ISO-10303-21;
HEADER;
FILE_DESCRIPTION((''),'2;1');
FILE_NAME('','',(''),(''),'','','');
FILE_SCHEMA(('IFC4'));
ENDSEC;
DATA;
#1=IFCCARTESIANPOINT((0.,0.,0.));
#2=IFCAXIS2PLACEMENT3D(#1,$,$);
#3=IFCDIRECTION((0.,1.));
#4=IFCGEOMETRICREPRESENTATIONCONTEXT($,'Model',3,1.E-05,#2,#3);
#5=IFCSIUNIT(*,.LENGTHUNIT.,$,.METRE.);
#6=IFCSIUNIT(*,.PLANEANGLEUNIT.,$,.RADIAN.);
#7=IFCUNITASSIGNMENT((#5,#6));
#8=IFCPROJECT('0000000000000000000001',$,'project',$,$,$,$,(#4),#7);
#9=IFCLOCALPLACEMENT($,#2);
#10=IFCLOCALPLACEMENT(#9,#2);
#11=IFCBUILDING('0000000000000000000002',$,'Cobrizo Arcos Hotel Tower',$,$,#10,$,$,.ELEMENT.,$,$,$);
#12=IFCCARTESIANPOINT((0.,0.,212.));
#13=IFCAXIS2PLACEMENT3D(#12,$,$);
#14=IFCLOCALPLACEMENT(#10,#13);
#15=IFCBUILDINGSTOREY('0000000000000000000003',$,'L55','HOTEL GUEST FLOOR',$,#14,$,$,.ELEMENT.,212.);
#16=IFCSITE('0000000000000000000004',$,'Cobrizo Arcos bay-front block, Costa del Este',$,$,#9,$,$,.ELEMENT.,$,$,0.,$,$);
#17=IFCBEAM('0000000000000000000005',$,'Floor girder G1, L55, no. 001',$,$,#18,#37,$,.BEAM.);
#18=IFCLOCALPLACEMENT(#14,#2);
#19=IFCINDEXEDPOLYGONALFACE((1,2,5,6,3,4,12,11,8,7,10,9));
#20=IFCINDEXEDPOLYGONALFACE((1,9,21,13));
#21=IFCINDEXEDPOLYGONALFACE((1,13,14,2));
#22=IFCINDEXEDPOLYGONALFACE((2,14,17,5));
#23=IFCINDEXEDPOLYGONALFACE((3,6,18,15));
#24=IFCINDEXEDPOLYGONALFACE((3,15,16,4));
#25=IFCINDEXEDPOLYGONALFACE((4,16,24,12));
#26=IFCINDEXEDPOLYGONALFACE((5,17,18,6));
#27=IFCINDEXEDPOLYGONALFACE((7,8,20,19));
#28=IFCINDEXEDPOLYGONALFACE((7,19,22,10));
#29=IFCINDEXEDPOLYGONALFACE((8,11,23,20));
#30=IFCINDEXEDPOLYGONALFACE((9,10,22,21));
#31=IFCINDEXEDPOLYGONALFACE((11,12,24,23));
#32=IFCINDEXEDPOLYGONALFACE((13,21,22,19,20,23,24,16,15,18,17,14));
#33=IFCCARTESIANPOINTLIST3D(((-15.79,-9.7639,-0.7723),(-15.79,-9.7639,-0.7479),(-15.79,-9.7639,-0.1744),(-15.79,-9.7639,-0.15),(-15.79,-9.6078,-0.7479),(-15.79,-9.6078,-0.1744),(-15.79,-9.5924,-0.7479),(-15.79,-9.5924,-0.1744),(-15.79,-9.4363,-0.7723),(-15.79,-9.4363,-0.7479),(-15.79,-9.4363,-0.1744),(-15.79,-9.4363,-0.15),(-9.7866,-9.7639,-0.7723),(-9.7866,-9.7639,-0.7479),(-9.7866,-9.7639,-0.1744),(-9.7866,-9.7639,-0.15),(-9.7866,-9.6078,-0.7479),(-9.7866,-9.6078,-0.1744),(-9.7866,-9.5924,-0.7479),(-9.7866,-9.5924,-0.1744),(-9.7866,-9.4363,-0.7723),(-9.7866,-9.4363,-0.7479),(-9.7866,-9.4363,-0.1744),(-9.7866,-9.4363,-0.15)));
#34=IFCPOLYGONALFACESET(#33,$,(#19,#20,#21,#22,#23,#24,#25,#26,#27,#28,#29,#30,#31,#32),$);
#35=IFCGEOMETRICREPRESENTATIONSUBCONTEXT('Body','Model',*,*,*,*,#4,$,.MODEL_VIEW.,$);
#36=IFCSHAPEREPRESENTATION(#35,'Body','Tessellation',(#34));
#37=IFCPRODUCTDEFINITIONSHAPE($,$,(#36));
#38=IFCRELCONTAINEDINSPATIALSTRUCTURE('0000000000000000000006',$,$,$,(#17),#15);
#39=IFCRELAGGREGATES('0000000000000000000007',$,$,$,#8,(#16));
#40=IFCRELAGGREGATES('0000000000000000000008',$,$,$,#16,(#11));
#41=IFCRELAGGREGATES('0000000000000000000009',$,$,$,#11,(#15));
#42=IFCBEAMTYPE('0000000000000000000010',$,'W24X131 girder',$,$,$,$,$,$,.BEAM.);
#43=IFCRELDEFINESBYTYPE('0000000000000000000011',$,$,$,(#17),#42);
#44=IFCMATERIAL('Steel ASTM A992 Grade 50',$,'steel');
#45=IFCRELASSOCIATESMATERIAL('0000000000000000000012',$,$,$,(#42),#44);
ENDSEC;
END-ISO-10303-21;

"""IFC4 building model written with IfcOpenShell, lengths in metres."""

from ifc_helpers import new_model, si_unit, direction, frame, origin, origin_2d, place, context, subcontext, project, spatial, i_section, extrude, material, material_profile, profile_set, type_object, element, save


model = new_model("IFC4")

# Units and contexts
model_context = context("Model", 3, precision=1e-05, world=origin(), true_north=direction((0.0, 1.0)))
body_context = subcontext(model_context, "Body", "Model", "MODEL_VIEW")
ifc_project = project(units=[si_unit("LENGTHUNIT", "METRE"), si_unit("PLANEANGLEUNIT", "RADIAN")], contexts=[model_context])

# Site, building, storey
site_placement = place(None, origin())
site = spatial("IfcSite", under=ifc_project, at=site_placement, Name="Cobrizo Arcos bay-front block, Costa del Este", CompositionType="ELEMENT", RefElevation=0.0)
building_placement = place(site_placement, origin())
building = spatial("IfcBuilding", under=site, at=building_placement, Name="Cobrizo Arcos Hotel Tower", CompositionType="ELEMENT")
storey_placement = place(building_placement, frame((0.0, 0.0, 212.0)))
storey = spatial("IfcBuildingStorey", under=building, at=storey_placement, Name="L55", Description="HOTEL GUEST FLOOR", CompositionType="ELEMENT", Elevation=212.0)

# Beam
ifc_material_1 = material(Name="Steel ASTM A992 Grade 50", Category="steel")
ifc_material_profile = material_profile(ifc_material_1, i_section(OverallWidth=0.3276, OverallDepth=0.6223, WebThickness=0.0154, FlangeThickness=0.0244, at=origin_2d()), Name="W24X131")
ifc_profile_set = profile_set([ifc_material_profile], Name="Steel ASTM A992 Grade 50")
beam_type = type_object("IfcBeamType", Name="W24X131 girder", PredefinedType="BEAM", material=ifc_profile_set)
beam_placement = place(storey_placement, frame((-15.79, -9.6001, -0.4612), z_axis=(1.0, 0.0, 0.0), x_axis=(0.0, 1.0, 0.0)))
element("IfcBeam", 1, at=beam_placement, inside=storey, type_object=beam_type, Name="Floor girder G1, L55, no. 001", PredefinedType="BEAM", context=body_context, shape_type="SweptSolid", body=[
    extrude(i_section(OverallWidth=0.3276, OverallDepth=0.6223, WebThickness=0.0154, FlangeThickness=0.0244, at=origin_2d()), origin(), (0.0, 0.0, 1.0), 6.0034),
])

save(model, "model.ifc")
